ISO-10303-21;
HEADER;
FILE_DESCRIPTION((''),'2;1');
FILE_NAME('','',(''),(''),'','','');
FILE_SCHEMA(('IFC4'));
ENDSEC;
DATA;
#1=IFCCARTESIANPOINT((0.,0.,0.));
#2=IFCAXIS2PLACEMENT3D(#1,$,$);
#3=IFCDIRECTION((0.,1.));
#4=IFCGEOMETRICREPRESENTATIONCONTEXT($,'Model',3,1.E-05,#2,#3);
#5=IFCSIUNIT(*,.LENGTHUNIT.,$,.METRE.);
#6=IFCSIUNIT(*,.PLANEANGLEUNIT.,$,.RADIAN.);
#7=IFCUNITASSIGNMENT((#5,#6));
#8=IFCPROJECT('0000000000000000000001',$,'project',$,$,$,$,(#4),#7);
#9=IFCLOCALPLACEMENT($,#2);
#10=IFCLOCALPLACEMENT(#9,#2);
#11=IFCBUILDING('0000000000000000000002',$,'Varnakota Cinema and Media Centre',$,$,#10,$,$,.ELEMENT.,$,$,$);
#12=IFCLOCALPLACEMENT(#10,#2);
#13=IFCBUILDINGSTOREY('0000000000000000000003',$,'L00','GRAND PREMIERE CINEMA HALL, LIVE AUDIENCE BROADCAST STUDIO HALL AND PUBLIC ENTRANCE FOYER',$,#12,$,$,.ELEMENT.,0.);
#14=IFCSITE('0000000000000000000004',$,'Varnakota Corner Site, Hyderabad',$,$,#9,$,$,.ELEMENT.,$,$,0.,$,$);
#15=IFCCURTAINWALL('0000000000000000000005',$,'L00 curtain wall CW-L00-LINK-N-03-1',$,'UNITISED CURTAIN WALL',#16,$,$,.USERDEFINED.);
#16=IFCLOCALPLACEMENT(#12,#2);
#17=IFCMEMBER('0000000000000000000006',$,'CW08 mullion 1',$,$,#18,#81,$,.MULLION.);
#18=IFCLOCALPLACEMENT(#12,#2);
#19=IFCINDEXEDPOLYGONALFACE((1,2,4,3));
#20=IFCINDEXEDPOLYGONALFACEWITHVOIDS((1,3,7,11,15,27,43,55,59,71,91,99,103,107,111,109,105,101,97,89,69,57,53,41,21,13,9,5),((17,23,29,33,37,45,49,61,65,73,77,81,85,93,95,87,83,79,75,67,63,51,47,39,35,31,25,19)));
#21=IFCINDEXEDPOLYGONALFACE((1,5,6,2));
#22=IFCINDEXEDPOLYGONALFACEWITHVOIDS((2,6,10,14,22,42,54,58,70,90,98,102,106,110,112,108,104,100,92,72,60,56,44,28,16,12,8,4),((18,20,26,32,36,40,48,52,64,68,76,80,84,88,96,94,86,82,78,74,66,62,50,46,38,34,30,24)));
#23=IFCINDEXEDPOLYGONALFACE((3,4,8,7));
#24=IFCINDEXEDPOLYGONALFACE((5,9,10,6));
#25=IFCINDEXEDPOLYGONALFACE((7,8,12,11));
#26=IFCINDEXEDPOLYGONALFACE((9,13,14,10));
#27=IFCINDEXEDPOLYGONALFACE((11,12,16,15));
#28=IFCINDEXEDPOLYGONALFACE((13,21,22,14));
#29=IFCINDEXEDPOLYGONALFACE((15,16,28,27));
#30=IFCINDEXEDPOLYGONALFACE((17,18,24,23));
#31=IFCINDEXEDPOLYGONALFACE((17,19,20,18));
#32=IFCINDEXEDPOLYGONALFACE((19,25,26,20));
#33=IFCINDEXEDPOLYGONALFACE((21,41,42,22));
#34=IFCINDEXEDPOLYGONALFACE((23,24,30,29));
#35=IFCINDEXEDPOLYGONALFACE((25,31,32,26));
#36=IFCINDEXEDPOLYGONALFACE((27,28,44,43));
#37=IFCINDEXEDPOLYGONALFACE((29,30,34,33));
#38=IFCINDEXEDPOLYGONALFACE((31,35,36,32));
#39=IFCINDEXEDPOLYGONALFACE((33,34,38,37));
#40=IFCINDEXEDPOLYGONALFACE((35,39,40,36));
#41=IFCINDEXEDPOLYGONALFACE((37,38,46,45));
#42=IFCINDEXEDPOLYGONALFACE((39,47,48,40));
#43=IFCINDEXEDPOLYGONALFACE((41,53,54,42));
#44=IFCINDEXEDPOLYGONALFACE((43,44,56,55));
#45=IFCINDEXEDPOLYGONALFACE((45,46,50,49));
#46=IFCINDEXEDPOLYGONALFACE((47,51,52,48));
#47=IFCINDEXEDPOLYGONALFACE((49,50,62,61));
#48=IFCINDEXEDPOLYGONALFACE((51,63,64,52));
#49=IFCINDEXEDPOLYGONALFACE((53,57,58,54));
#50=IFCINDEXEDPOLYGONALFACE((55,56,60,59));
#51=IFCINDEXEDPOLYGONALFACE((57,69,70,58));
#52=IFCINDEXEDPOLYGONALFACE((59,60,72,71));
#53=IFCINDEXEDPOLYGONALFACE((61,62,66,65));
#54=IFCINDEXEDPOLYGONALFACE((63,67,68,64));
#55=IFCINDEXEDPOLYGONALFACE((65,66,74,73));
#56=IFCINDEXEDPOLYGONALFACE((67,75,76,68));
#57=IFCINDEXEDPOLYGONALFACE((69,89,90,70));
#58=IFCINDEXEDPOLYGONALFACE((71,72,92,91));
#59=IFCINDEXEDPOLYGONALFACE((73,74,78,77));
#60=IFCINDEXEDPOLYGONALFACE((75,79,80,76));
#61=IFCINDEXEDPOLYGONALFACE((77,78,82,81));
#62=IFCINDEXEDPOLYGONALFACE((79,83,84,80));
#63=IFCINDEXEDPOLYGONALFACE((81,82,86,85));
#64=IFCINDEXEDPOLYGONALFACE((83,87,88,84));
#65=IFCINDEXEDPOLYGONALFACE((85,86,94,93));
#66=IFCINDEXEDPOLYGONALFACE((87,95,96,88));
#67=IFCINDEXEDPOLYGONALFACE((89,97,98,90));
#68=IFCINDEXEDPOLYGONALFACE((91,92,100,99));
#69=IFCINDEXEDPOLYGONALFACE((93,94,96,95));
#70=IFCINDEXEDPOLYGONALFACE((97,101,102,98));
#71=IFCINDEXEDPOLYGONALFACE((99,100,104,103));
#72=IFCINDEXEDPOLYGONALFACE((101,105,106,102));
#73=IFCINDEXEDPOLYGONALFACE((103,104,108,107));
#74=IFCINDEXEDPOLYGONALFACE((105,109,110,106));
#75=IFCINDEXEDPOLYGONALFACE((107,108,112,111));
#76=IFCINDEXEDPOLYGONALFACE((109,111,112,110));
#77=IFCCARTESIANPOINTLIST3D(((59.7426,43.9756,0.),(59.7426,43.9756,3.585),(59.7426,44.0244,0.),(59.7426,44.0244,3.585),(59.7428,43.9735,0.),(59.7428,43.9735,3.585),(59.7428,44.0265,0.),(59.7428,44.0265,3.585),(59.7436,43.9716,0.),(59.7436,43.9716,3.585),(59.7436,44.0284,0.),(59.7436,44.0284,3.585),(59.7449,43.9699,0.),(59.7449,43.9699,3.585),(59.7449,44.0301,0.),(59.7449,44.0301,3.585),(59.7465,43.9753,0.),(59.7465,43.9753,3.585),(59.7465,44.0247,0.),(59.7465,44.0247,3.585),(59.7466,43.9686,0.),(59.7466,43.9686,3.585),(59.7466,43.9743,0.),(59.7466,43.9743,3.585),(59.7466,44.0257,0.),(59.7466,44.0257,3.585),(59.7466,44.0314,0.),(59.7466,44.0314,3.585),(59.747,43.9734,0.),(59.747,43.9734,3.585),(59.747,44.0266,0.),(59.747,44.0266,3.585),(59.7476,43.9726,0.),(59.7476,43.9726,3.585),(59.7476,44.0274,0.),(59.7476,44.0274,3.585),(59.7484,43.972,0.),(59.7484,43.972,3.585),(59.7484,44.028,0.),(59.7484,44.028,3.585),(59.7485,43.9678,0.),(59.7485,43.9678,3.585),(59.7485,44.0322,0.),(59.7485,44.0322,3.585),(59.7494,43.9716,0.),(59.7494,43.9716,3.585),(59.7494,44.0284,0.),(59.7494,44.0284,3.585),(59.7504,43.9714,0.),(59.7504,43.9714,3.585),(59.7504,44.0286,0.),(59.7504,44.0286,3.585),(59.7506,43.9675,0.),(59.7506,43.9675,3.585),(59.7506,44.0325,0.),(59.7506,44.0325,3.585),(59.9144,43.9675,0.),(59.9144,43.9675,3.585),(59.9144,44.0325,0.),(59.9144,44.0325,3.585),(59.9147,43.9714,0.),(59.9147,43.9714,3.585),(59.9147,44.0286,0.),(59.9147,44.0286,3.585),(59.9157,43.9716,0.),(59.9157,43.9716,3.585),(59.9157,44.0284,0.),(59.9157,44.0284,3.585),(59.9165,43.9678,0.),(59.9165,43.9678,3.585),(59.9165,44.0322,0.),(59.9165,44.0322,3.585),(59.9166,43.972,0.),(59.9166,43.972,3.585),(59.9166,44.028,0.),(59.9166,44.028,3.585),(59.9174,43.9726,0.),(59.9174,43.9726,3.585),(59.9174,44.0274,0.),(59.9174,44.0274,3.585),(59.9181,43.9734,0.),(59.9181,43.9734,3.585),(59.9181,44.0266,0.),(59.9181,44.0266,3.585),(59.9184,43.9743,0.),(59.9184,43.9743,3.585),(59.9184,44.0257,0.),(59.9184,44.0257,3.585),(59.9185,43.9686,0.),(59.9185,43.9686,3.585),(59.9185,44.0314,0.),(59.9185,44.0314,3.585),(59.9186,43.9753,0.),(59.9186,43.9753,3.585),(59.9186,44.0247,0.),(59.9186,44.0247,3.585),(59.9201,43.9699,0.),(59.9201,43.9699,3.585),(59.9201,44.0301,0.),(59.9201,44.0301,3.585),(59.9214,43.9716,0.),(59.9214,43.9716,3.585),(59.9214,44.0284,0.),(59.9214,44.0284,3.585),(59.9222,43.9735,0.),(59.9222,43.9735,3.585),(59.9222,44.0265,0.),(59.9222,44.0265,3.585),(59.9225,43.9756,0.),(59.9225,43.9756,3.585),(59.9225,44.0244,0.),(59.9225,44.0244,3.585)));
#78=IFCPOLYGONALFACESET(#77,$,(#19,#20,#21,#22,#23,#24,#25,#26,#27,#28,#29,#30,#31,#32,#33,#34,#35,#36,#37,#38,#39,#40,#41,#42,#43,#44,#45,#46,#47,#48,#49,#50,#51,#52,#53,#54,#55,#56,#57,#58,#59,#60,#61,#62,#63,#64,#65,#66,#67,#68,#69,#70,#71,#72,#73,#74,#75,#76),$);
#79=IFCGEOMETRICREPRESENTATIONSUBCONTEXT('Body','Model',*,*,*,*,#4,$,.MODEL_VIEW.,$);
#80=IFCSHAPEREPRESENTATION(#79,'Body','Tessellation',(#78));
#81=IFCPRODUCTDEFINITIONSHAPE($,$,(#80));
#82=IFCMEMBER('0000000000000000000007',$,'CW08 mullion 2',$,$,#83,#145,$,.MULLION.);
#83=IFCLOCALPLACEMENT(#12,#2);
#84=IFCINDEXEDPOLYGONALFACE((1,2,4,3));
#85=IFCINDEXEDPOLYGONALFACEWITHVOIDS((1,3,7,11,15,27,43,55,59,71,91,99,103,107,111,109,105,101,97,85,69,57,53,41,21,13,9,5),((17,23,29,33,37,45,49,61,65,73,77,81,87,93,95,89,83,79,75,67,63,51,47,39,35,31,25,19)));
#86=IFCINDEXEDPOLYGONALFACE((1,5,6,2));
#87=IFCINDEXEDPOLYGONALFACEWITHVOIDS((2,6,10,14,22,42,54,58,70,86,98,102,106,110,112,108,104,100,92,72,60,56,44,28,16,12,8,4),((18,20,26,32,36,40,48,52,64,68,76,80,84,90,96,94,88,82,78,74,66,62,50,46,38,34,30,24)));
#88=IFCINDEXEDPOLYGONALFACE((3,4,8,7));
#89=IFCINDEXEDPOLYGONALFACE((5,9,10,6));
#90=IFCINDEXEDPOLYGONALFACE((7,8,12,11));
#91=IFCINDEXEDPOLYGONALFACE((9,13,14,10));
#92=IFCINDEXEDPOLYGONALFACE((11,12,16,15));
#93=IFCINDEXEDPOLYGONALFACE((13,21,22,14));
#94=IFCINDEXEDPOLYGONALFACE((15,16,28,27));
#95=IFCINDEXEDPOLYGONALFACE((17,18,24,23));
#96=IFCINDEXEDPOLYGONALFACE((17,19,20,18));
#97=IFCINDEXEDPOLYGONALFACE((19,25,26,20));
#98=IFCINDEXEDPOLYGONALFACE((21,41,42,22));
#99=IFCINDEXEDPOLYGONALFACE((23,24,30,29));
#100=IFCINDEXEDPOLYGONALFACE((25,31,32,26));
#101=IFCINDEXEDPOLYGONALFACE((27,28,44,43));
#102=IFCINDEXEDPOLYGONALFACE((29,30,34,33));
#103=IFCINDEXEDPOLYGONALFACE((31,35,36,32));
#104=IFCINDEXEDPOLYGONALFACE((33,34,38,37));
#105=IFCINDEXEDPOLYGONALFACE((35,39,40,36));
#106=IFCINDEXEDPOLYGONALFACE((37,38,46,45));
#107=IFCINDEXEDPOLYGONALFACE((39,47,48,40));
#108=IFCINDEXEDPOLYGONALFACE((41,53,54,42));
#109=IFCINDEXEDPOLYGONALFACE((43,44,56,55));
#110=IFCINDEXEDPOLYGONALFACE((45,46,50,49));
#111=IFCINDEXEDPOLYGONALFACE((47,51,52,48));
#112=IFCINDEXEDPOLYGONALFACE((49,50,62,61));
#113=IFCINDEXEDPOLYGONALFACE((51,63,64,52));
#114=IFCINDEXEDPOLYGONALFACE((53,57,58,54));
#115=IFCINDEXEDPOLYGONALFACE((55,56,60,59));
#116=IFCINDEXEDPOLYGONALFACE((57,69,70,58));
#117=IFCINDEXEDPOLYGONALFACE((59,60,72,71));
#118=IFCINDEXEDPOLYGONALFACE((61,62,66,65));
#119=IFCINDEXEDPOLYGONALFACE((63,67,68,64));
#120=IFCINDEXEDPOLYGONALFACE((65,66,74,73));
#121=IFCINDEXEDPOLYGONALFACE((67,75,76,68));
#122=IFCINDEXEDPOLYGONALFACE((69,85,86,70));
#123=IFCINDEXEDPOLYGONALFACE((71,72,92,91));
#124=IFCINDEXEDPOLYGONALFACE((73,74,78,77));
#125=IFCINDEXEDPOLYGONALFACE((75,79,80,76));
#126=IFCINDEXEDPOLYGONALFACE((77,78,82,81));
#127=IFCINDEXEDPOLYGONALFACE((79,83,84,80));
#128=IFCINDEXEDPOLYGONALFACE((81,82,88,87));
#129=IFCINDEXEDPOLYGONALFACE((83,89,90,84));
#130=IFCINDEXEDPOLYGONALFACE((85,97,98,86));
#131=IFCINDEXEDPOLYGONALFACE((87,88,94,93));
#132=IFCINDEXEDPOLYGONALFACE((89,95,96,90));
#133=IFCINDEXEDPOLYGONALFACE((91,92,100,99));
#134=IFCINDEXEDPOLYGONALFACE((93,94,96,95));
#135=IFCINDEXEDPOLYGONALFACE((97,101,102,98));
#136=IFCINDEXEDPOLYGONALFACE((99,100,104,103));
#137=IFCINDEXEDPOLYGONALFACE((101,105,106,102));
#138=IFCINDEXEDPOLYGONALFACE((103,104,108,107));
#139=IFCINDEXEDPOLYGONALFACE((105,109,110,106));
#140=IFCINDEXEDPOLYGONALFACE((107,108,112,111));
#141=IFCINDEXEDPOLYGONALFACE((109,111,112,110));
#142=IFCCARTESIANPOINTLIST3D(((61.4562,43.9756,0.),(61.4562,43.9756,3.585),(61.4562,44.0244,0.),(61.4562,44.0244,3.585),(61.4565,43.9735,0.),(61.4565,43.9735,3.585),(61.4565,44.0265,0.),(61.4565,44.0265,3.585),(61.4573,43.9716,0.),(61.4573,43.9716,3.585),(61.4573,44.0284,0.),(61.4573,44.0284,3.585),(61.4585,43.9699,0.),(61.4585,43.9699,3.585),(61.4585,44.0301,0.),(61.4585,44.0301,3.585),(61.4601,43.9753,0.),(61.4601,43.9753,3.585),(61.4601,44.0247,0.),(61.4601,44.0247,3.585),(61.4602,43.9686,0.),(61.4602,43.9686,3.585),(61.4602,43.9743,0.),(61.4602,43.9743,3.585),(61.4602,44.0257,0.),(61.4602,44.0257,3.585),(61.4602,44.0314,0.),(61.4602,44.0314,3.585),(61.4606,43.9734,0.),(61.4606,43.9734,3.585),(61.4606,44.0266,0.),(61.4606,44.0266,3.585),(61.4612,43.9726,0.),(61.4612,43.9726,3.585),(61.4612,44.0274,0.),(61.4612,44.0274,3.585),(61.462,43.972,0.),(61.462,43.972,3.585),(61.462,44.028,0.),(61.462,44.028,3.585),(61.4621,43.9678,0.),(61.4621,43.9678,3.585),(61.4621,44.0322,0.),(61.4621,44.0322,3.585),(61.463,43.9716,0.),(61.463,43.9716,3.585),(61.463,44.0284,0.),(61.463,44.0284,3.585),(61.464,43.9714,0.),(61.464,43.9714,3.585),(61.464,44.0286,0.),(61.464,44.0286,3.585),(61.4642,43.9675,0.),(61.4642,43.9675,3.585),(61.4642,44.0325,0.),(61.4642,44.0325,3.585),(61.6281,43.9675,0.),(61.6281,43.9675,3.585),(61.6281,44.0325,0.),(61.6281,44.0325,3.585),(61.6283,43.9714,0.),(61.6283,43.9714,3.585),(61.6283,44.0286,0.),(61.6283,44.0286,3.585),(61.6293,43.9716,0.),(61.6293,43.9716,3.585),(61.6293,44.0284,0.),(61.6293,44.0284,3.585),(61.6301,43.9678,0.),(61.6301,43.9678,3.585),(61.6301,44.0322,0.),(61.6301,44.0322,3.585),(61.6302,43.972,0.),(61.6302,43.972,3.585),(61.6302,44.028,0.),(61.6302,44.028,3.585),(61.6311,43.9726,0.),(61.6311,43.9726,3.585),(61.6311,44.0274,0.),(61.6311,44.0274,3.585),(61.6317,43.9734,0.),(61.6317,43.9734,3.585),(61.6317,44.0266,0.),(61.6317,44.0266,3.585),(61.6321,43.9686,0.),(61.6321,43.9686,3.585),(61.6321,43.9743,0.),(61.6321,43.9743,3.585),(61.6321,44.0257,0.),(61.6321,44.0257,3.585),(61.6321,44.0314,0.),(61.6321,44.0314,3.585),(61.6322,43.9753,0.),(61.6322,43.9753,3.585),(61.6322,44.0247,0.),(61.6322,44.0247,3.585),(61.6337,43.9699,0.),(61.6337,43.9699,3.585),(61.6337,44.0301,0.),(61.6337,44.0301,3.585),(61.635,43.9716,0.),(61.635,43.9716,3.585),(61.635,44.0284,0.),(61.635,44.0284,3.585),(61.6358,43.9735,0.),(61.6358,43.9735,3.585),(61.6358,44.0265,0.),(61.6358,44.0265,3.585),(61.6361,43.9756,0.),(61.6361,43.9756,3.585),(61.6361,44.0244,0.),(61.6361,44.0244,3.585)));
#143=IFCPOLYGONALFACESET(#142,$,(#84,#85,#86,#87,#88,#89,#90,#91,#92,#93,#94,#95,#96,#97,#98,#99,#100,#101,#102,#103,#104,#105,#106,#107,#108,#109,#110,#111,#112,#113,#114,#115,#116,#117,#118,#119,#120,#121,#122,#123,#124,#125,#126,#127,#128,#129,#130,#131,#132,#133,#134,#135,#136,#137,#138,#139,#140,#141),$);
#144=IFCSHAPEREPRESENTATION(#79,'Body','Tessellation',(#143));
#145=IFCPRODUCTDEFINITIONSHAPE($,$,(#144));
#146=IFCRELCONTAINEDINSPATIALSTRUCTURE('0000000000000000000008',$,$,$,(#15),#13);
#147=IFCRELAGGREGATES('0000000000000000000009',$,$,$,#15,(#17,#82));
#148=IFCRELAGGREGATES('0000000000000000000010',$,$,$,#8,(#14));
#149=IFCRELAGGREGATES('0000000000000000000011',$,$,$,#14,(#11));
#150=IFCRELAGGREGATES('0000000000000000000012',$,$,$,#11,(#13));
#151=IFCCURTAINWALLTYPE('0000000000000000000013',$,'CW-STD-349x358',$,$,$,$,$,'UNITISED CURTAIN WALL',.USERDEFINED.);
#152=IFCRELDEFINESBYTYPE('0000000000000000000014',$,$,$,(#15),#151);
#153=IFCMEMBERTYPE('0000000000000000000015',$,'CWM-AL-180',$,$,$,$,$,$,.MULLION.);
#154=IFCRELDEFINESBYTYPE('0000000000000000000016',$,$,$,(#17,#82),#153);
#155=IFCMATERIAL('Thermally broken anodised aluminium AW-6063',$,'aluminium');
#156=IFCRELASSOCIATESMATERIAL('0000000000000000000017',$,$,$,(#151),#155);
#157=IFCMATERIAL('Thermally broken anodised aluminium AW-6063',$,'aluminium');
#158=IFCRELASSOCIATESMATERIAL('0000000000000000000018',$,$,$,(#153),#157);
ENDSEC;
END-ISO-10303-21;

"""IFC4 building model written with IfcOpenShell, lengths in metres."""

from ifc_helpers import new_model, si_unit, direction, frame, origin, origin_2d, place, context, subcontext, project, spatial, hollow_rectangle, extrude, material, material_profile, profile_set, type_object, element, aggregate, save


model = new_model("IFC4")

# Units and contexts
model_context = context("Model", 3, precision=1e-05, world=origin(), true_north=direction((0.0, 1.0)))
body_context = subcontext(model_context, "Body", "Model", "MODEL_VIEW")
ifc_project = project(units=[si_unit("LENGTHUNIT", "METRE"), si_unit("PLANEANGLEUNIT", "RADIAN")], contexts=[model_context])

# Site, building, storey
site_placement = place(None, origin())
site = spatial("IfcSite", under=ifc_project, at=site_placement, Name="Varnakota Corner Site, Hyderabad", CompositionType="ELEMENT", RefElevation=0.0)
building_placement = place(site_placement, origin())
building = spatial("IfcBuilding", under=site, at=building_placement, Name="Varnakota Cinema and Media Centre", CompositionType="ELEMENT")
storey_placement = place(building_placement, origin())
storey = spatial("IfcBuildingStorey", under=building, at=storey_placement, Name="L00", Description="GRAND PREMIERE CINEMA HALL, LIVE AUDIENCE BROADCAST STUDIO HALL AND PUBLIC ENTRANCE FOYER", CompositionType="ELEMENT", Elevation=0.0)

# Shared definitions
ifc_material_1 = material(Name="Thermally broken anodised aluminium AW-6063", Category="aluminium")
curtain_wall_type = type_object("IfcCurtainWallType", Name="CW-STD-349x358", ElementType="UNITISED CURTAIN WALL", PredefinedType="USERDEFINED", material=ifc_material_1)
ifc_material_2 = material(Name="Thermally broken anodised aluminium AW-6063", Category="aluminium")
ifc_material_profile_1 = material_profile(ifc_material_2, hollow_rectangle(XDim=0.0649, YDim=0.1799, WallThickness=0.0039, InnerFilletRadius=0.0039, OuterFilletRadius=0.0081, at=origin_2d()), Name="AL-MULLION 180x65x4")
ifc_profile_set_1 = profile_set([ifc_material_profile_1], Name="Thermally broken anodised aluminium AW-6063")
member_type_1 = type_object("IfcMemberType", Name="CWM-AL-180", PredefinedType="MULLION", material=ifc_profile_set_1)

# Curtain wall, members
curtain_wall_1_placement = place(storey_placement, origin())
curtain_wall_1 = element("IfcCurtainWall", 1, at=curtain_wall_1_placement, inside=storey, type_object=curtain_wall_type, Name="L00 curtain wall CW-L00-LINK-N-03-1", ObjectType="UNITISED CURTAIN WALL", PredefinedType="USERDEFINED")
member_1_placement = place(storey_placement, frame((59.8325, 44.0, 0.0), z_axis=(0.0, 0.0, 1.0), x_axis=(0.0, 1.0, 0.0)))
member_1 = element("IfcMember", 2, at=member_1_placement, type_object=member_type_1, Name="CW08 mullion 1", PredefinedType="MULLION", context=body_context, shape_type="SweptSolid", body=[
    extrude(hollow_rectangle(XDim=0.0649, YDim=0.1799, WallThickness=0.0039, InnerFilletRadius=0.0039, OuterFilletRadius=0.0081, at=origin_2d()), origin(), (0.0, 0.0, 1.0), 3.585),
])
member_2_placement = place(storey_placement, frame((61.5461, 44.0, 0.0), z_axis=(0.0, 0.0, 1.0), x_axis=(0.0, 1.0, 0.0)))
member_2 = element("IfcMember", 3, at=member_2_placement, type_object=member_type_1, Name="CW08 mullion 2", PredefinedType="MULLION", context=body_context, shape_type="SweptSolid", body=[
    extrude(hollow_rectangle(XDim=0.0649, YDim=0.1799, WallThickness=0.0039, InnerFilletRadius=0.0039, OuterFilletRadius=0.0081, at=origin_2d()), origin(), (0.0, 0.0, 1.0), 3.585),
])

aggregate(curtain_wall_1, [member_1, member_2])

save(model, "model.ifc")
